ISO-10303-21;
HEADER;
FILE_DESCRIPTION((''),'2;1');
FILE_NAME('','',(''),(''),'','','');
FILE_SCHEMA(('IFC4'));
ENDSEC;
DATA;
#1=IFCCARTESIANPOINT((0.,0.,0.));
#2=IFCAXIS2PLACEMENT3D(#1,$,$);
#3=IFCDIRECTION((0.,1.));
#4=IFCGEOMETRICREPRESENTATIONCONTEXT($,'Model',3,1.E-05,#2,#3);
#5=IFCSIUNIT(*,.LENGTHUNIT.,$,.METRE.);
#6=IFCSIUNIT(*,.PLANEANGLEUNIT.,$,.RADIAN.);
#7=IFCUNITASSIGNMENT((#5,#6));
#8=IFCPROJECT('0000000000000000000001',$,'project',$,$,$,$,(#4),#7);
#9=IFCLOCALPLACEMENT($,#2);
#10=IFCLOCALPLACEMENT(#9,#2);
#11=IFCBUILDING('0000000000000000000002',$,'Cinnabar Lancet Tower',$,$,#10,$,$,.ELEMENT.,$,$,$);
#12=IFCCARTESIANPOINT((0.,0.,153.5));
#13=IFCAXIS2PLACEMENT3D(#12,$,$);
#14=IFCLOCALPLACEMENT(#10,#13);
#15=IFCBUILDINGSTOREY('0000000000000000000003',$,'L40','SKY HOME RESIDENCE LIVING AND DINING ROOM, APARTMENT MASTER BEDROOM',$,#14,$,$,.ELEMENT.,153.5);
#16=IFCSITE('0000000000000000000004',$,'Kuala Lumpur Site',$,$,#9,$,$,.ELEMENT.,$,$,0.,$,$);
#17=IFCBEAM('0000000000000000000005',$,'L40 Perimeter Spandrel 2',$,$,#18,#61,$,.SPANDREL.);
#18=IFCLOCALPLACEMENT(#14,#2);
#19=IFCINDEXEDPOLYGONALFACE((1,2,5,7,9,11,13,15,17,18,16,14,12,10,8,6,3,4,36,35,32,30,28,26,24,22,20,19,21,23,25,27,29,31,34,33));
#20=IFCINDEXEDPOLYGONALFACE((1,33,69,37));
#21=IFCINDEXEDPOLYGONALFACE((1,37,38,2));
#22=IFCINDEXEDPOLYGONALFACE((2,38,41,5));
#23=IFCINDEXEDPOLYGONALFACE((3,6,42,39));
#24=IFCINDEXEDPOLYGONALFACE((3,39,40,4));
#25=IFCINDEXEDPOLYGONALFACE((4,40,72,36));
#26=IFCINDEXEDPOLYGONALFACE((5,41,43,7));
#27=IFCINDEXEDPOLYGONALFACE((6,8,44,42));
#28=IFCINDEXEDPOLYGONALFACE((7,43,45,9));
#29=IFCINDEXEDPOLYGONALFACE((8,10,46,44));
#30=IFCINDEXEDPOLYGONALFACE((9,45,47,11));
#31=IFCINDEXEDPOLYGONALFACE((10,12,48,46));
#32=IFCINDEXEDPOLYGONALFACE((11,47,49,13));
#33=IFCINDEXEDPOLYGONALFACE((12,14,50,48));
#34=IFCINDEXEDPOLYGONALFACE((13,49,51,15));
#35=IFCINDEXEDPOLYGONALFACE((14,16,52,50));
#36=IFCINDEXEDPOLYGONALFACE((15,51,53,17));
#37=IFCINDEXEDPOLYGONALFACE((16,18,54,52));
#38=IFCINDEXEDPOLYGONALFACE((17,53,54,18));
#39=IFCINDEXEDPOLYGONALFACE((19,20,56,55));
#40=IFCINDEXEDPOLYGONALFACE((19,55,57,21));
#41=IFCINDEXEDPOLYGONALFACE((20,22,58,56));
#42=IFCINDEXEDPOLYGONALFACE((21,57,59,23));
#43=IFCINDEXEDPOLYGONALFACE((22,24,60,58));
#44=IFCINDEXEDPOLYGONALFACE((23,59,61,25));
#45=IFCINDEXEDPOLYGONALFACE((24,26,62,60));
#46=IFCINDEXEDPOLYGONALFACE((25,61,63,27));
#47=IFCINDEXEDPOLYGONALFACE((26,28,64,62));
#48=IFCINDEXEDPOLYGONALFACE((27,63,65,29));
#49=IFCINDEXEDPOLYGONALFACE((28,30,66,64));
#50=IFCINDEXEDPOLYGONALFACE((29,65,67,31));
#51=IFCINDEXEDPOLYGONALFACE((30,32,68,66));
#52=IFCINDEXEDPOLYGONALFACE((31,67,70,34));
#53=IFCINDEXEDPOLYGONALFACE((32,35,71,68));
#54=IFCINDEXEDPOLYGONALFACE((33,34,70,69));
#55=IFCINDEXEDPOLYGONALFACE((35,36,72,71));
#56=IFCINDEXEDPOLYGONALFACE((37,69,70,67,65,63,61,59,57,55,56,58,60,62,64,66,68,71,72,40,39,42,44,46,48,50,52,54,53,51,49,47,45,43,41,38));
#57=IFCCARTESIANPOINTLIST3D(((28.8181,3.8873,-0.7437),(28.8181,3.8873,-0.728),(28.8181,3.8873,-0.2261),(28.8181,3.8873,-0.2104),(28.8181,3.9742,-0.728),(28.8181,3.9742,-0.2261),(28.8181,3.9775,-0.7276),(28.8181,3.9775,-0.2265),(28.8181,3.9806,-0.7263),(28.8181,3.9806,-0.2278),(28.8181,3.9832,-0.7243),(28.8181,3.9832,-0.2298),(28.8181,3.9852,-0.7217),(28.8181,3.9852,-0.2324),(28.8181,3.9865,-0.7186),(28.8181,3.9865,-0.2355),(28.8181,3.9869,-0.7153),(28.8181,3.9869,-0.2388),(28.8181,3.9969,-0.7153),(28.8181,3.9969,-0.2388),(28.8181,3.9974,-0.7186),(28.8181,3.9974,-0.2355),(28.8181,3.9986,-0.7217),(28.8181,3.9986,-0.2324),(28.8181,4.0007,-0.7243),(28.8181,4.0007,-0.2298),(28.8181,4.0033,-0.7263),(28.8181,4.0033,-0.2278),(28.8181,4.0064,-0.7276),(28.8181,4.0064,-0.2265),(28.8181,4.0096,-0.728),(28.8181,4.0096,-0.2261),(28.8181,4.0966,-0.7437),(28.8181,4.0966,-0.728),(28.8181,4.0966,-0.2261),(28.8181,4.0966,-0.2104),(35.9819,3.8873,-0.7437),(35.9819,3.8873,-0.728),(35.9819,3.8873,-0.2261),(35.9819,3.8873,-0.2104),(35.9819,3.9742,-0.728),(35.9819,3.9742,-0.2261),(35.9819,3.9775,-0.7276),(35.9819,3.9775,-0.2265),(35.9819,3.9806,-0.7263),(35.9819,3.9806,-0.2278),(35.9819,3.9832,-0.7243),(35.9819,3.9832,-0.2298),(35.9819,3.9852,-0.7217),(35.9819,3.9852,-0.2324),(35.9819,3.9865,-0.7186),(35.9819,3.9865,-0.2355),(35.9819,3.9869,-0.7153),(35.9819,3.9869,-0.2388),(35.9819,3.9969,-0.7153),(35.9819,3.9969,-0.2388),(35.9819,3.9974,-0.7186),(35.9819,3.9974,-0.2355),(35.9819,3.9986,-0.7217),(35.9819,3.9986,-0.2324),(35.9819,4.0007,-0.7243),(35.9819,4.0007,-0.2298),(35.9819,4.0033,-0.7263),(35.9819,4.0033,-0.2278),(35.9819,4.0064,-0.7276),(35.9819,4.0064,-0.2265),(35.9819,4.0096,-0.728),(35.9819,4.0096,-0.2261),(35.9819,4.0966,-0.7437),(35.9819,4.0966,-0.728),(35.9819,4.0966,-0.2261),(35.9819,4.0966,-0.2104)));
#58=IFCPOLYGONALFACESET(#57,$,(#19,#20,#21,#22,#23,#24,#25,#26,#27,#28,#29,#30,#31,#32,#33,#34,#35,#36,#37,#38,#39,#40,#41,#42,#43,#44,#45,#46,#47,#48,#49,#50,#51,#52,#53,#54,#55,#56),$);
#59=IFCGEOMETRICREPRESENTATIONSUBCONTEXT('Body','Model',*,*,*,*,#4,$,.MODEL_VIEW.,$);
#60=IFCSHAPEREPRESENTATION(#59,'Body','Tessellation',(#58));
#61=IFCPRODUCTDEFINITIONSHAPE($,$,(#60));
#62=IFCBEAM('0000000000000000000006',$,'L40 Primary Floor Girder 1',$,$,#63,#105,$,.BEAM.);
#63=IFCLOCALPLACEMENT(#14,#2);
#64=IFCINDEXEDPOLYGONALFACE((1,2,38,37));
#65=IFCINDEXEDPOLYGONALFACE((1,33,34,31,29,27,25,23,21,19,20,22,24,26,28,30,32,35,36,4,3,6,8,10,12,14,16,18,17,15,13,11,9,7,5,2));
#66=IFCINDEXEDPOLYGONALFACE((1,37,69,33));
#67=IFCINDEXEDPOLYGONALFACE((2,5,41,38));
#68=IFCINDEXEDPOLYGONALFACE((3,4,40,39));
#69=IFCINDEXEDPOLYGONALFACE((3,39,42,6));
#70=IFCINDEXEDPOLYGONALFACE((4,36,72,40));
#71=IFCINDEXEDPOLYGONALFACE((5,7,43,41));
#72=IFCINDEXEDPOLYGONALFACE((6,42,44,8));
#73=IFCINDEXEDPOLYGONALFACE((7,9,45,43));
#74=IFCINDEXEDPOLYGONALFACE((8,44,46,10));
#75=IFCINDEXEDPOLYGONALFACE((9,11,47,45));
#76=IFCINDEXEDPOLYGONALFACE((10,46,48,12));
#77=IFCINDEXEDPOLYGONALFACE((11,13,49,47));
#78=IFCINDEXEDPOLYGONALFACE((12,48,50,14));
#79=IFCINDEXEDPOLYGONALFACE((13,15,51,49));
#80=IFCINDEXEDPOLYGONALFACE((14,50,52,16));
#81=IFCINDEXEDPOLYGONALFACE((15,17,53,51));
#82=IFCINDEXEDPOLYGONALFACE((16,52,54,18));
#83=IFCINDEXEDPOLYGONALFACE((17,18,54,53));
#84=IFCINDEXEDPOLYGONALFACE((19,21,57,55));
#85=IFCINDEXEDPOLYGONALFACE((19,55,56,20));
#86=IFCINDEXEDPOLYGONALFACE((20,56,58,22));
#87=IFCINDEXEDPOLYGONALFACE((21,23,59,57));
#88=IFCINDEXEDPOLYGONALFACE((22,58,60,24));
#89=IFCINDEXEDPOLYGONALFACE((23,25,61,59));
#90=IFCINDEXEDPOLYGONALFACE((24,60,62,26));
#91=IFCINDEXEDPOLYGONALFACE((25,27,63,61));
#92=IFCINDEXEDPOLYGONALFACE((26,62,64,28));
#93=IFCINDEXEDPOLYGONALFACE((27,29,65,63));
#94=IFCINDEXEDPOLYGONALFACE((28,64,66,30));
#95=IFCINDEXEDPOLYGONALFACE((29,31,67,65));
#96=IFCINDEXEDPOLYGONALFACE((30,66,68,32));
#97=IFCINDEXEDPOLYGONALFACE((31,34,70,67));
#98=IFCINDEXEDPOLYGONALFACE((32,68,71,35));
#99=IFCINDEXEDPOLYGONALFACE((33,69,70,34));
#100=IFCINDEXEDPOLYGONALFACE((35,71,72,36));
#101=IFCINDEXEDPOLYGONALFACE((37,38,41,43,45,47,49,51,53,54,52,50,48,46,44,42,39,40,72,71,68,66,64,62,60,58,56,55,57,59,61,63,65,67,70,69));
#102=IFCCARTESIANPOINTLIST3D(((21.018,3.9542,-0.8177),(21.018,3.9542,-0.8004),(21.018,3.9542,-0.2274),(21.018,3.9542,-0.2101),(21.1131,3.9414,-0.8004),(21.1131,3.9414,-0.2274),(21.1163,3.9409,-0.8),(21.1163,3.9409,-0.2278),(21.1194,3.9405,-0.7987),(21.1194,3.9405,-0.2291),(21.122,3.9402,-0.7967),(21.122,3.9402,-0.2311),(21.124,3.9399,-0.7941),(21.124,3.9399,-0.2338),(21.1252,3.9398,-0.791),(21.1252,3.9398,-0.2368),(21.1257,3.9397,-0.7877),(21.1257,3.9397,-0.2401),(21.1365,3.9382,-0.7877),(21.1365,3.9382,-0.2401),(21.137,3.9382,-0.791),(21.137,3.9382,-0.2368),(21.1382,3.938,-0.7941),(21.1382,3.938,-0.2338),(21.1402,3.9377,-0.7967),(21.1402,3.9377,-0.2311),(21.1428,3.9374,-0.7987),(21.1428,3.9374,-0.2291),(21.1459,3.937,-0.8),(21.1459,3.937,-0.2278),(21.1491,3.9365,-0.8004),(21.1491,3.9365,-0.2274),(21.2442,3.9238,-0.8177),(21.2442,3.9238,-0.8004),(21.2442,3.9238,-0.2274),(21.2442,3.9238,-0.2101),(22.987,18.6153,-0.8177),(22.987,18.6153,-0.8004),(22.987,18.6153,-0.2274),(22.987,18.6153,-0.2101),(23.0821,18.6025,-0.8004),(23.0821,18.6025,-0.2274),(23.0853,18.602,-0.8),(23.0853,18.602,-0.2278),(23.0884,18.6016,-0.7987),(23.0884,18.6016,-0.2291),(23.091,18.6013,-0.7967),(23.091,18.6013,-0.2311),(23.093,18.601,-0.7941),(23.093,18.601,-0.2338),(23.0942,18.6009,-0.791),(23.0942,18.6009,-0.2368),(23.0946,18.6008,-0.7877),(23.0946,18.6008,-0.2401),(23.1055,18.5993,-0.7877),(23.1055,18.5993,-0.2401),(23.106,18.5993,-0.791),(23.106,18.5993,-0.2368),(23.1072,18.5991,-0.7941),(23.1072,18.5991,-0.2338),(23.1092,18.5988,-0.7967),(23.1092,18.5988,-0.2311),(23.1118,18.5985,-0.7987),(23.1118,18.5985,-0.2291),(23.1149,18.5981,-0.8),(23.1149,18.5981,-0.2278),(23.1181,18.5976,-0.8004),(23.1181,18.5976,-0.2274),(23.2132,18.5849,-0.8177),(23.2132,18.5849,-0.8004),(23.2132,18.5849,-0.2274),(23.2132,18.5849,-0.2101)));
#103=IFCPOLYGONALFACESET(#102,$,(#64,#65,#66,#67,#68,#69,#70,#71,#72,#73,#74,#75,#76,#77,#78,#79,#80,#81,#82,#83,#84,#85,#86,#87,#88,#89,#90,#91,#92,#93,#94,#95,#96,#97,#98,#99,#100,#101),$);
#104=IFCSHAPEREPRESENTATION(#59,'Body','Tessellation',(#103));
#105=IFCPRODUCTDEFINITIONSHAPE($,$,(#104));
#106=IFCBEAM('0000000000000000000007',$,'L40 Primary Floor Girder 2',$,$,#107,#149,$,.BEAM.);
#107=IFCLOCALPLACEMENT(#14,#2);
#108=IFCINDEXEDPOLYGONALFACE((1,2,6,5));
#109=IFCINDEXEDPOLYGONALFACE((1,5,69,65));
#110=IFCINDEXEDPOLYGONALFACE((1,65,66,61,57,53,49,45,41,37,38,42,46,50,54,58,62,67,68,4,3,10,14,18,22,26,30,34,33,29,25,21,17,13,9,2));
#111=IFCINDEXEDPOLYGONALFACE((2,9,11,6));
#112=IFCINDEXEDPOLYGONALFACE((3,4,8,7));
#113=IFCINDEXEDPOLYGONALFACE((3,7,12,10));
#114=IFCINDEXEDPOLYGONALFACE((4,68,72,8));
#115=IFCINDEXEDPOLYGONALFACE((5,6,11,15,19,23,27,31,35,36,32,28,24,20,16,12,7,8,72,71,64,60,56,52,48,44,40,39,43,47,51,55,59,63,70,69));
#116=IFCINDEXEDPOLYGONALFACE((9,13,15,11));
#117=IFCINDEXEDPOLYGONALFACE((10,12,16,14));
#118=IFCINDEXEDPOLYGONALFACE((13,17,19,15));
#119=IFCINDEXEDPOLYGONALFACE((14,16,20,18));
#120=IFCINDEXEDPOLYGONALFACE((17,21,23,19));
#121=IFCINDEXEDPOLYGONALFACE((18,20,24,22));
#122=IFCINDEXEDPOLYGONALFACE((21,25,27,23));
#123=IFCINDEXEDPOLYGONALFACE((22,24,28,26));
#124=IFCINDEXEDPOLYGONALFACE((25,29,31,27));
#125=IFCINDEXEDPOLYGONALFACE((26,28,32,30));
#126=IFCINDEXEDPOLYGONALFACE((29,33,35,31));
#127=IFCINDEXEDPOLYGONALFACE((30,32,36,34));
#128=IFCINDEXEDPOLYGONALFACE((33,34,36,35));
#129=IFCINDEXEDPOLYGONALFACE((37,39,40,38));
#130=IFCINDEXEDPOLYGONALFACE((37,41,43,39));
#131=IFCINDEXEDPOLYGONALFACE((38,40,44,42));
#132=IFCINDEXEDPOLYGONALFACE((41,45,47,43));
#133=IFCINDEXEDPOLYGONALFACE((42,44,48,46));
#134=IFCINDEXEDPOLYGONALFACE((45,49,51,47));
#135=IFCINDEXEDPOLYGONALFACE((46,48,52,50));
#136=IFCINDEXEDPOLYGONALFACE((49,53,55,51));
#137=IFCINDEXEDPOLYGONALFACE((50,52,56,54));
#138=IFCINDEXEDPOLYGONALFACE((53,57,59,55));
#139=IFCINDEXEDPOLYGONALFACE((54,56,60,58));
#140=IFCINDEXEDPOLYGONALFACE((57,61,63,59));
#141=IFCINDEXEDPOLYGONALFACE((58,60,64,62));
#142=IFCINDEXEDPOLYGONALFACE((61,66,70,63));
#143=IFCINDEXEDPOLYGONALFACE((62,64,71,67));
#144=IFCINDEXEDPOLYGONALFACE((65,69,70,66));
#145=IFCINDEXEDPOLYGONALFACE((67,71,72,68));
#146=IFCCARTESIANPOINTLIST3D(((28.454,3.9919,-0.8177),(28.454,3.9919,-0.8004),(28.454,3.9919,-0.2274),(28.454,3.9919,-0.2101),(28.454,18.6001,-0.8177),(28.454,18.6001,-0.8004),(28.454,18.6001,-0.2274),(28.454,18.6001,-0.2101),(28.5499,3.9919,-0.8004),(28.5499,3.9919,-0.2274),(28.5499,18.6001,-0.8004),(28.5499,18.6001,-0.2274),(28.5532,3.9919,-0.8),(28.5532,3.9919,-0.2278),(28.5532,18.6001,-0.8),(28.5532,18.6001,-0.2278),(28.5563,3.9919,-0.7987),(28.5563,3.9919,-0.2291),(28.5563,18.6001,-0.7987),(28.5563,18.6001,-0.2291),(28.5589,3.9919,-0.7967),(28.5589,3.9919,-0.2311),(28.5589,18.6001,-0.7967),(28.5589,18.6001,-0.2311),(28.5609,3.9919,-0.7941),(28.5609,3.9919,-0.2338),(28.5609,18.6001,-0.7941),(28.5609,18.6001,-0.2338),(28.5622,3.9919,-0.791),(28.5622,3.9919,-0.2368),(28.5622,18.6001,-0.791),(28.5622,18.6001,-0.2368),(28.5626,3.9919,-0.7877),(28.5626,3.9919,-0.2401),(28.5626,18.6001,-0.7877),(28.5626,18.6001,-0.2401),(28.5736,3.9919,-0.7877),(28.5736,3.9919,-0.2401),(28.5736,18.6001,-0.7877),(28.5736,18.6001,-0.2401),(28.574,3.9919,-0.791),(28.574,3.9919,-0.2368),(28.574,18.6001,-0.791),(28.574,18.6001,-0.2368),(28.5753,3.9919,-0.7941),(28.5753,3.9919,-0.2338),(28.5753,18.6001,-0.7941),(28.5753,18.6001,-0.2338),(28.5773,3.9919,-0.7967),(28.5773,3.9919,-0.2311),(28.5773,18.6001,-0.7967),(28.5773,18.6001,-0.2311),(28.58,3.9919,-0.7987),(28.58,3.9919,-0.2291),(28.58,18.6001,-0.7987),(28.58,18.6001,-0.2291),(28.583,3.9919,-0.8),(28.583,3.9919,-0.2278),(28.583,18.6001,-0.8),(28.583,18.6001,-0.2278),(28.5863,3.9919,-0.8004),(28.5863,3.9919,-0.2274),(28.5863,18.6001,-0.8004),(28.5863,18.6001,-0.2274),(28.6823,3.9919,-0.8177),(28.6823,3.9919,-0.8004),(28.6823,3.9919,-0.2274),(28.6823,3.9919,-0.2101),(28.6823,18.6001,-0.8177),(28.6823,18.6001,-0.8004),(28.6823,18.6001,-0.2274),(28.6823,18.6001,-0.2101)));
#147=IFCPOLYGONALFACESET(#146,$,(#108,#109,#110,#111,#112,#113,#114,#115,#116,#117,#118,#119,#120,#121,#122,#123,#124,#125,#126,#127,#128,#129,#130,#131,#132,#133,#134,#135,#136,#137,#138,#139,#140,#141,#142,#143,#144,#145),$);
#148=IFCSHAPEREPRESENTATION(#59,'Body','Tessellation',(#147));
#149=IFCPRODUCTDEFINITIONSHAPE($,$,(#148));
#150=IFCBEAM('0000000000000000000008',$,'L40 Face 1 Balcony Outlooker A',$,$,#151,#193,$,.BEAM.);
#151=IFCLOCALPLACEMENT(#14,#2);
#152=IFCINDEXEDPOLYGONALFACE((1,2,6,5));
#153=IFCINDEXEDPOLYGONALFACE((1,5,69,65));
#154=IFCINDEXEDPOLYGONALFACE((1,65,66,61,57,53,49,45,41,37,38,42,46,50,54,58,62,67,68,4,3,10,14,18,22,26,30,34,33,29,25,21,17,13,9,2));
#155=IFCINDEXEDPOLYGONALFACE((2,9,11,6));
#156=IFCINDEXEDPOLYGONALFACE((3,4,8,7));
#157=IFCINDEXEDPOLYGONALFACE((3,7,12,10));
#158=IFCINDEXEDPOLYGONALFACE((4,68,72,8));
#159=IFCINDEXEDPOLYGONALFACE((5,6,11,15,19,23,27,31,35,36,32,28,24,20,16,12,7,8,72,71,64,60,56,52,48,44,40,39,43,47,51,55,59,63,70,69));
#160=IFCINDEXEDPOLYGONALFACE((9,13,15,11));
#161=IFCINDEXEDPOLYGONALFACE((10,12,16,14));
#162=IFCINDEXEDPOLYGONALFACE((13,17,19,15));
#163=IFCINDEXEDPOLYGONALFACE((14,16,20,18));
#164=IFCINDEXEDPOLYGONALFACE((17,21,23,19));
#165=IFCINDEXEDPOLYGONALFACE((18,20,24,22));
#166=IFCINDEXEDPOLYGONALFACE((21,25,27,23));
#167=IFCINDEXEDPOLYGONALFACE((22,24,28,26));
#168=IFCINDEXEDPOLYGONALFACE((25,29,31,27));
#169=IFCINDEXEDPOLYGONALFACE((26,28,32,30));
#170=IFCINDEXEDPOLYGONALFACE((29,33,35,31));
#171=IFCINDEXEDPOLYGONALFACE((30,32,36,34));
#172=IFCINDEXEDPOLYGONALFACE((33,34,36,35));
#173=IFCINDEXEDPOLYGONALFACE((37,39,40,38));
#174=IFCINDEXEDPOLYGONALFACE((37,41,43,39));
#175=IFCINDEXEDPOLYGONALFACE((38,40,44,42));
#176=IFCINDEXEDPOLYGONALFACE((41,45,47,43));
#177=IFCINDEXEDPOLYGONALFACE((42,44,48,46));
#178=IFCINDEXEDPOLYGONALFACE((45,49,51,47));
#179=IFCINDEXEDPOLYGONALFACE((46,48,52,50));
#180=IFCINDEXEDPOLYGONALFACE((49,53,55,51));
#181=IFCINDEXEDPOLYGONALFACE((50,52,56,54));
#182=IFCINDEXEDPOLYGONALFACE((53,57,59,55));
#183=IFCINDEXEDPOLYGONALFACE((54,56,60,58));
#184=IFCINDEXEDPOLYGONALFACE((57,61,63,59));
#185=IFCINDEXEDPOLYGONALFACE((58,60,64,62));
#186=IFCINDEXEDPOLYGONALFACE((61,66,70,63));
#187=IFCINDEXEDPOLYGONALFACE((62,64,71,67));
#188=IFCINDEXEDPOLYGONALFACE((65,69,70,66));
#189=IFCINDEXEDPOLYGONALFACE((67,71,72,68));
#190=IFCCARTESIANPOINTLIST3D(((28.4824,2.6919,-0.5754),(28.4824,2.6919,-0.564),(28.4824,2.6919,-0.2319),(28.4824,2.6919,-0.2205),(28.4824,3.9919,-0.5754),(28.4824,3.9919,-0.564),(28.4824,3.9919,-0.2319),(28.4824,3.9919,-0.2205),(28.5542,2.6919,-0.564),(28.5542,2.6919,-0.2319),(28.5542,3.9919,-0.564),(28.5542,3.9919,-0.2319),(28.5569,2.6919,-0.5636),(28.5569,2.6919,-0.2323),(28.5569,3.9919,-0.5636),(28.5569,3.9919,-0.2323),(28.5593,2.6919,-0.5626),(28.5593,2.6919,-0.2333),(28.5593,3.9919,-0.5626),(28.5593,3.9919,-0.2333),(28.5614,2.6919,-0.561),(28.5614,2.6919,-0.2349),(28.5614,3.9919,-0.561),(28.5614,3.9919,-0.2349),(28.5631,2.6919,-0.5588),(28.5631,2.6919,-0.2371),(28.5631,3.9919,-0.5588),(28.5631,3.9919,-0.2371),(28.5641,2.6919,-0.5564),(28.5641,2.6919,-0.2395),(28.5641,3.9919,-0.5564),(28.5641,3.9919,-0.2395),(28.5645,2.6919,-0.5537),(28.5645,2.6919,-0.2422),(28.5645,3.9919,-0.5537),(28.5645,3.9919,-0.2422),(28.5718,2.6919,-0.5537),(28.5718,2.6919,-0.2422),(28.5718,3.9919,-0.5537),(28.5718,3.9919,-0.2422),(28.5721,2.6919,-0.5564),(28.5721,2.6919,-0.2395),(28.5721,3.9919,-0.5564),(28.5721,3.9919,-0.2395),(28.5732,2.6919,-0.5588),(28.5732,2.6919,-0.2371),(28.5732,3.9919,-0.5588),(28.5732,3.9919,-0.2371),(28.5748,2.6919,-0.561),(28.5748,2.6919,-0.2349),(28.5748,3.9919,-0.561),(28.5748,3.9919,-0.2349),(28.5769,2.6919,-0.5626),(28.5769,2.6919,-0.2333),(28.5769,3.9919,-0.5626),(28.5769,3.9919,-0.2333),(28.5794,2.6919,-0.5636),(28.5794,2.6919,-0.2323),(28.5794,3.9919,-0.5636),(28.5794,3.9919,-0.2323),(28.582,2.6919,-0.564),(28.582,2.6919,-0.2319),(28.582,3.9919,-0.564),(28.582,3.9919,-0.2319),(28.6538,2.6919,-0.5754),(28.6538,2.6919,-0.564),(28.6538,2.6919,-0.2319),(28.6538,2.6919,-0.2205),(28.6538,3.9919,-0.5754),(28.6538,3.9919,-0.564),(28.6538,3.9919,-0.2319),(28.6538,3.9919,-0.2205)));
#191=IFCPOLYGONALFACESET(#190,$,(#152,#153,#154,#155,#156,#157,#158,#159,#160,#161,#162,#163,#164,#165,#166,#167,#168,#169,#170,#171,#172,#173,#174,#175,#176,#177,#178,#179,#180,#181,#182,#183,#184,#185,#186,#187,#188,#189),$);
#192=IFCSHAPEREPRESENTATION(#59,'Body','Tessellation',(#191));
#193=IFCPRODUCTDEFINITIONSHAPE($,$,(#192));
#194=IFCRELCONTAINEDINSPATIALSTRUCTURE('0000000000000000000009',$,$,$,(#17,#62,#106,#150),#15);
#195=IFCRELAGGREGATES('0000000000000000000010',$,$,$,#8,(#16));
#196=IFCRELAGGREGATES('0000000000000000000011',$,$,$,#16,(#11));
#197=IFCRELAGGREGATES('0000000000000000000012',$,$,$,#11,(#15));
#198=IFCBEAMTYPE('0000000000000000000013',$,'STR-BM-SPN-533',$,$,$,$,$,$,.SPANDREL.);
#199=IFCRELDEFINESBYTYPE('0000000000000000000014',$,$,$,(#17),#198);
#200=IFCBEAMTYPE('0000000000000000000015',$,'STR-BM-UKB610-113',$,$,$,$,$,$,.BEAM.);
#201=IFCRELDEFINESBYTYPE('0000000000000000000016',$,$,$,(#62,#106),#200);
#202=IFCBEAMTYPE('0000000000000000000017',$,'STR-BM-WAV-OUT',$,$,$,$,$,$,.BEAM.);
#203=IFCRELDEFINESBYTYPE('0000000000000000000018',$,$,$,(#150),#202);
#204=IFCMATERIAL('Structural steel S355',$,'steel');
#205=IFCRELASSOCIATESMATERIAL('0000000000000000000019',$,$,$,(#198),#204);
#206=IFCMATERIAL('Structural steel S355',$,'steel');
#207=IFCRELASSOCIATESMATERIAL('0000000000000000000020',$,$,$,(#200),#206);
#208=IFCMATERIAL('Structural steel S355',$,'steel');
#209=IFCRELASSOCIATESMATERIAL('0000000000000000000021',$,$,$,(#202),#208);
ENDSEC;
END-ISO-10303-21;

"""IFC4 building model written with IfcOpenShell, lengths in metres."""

from ifc_helpers import new_model, si_unit, direction, frame, origin, origin_2d, place, context, subcontext, project, spatial, i_section, extrude, material, material_profile, profile_set, type_object, element, save


model = new_model("IFC4")

# Units and contexts
model_context = context("Model", 3, precision=1e-05, world=origin(), true_north=direction((0.0, 1.0)))
body_context = subcontext(model_context, "Body", "Model", "MODEL_VIEW")
ifc_project = project(units=[si_unit("LENGTHUNIT", "METRE"), si_unit("PLANEANGLEUNIT", "RADIAN")], contexts=[model_context])

# Site, building, storey
site_placement = place(None, origin())
site = spatial("IfcSite", under=ifc_project, at=site_placement, Name="Kuala Lumpur Site", CompositionType="ELEMENT", RefElevation=0.0)
building_placement = place(site_placement, origin())
building = spatial("IfcBuilding", under=site, at=building_placement, Name="Cinnabar Lancet Tower", CompositionType="ELEMENT")
storey_placement = place(building_placement, frame((0.0, 0.0, 153.5)))
storey = spatial("IfcBuildingStorey", under=building, at=storey_placement, Name="L40", Description="SKY HOME RESIDENCE LIVING AND DINING ROOM, APARTMENT MASTER BEDROOM", CompositionType="ELEMENT", Elevation=153.5)

# Beams
ifc_material_1 = material(Name="Structural steel S355", Category="steel")
ifc_material_profile_1 = material_profile(ifc_material_1, i_section(OverallWidth=0.2092, OverallDepth=0.5332, WebThickness=0.01, FlangeThickness=0.0156, FilletRadius=0.0127, at=origin_2d()), Name="UKB 533x210x92")
ifc_profile_set_1 = profile_set([ifc_material_profile_1], Name="Structural steel S355")
beam_type_1 = type_object("IfcBeamType", Name="STR-BM-SPN-533", PredefinedType="SPANDREL", material=ifc_profile_set_1)
beam_1_placement = place(storey_placement, frame((28.8181, 3.9919, -0.4771), z_axis=(1.0, 0.0, 0.0), x_axis=(0.0, 1.0, 0.0)))
element("IfcBeam", 1, at=beam_1_placement, inside=storey, type_object=beam_type_1, Name="L40 Perimeter Spandrel 2", PredefinedType="SPANDREL", context=body_context, shape_type="SweptSolid", body=[
    extrude(i_section(OverallWidth=0.2092, OverallDepth=0.5332, WebThickness=0.01, FlangeThickness=0.0156, FilletRadius=0.0127, at=origin_2d()), origin(), (0.0, 0.0, 1.0), 7.1638),
])
ifc_material_2 = material(Name="Structural steel S355", Category="steel")
ifc_material_profile_2 = material_profile(ifc_material_2, i_section(OverallWidth=0.2283, OverallDepth=0.6077, WebThickness=0.011, FlangeThickness=0.0173, FilletRadius=0.0127, at=origin_2d()), Name="UKB 610x229x113")
ifc_profile_set_2 = profile_set([ifc_material_profile_2], Name="Structural steel S355")
beam_type_2 = type_object("IfcBeamType", Name="STR-BM-UKB610-113", PredefinedType="BEAM", material=ifc_profile_set_2)
beam_2_placement = place(storey_placement, frame((21.1311, 3.939, -0.5139), z_axis=(0.133105, 0.991102, 0.0), x_axis=(-0.991102, 0.133105, 0.0)))
element("IfcBeam", 2, at=beam_2_placement, inside=storey, type_object=beam_type_2, Name="L40 Primary Floor Girder 1", PredefinedType="BEAM", context=body_context, shape_type="SweptSolid", body=[
    extrude(i_section(OverallWidth=0.2283, OverallDepth=0.6077, WebThickness=0.011, FlangeThickness=0.0173, FilletRadius=0.0127, at=origin_2d()), origin(), (0.0, 0.0, 1.0), 14.7927),
])
beam_3_placement = place(storey_placement, frame((28.5681, 3.9919, -0.5139), z_axis=(0.0, 1.0, 0.0), x_axis=(-1.0, 0.0, 0.0)))
element("IfcBeam", 3, at=beam_3_placement, inside=storey, type_object=beam_type_2, Name="L40 Primary Floor Girder 2", PredefinedType="BEAM", context=body_context, shape_type="SweptSolid", body=[
    extrude(i_section(OverallWidth=0.2283, OverallDepth=0.6077, WebThickness=0.011, FlangeThickness=0.0173, FilletRadius=0.0127, at=origin_2d()), origin(), (0.0, 0.0, 1.0), 14.6082),
])
ifc_material_3 = material(Name="Structural steel S355", Category="steel")
ifc_material_profile_3 = material_profile(ifc_material_3, i_section(OverallWidth=0.1714, OverallDepth=0.355, WebThickness=0.0073, FlangeThickness=0.0115, FilletRadius=0.0103, at=origin_2d()), Name="UKB 356x171x51")
ifc_profile_set_3 = profile_set([ifc_material_profile_3], Name="Structural steel S355")
beam_type_3 = type_object("IfcBeamType", Name="STR-BM-WAV-OUT", PredefinedType="BEAM", material=ifc_profile_set_3)
beam_4_placement = place(storey_placement, frame((28.5681, 3.9919, -0.3979), z_axis=(0.0, -1.0, 0.0), x_axis=(1.0, 0.0, 0.0)))
element("IfcBeam", 4, at=beam_4_placement, inside=storey, type_object=beam_type_3, Name="L40 Face 1 Balcony Outlooker A", PredefinedType="BEAM", context=body_context, shape_type="SweptSolid", body=[
    extrude(i_section(OverallWidth=0.1714, OverallDepth=0.355, WebThickness=0.0073, FlangeThickness=0.0115, FilletRadius=0.0103, at=origin_2d()), origin(), (0.0, 0.0, 1.0), 1.3),
])

save(model, "model.ifc")
